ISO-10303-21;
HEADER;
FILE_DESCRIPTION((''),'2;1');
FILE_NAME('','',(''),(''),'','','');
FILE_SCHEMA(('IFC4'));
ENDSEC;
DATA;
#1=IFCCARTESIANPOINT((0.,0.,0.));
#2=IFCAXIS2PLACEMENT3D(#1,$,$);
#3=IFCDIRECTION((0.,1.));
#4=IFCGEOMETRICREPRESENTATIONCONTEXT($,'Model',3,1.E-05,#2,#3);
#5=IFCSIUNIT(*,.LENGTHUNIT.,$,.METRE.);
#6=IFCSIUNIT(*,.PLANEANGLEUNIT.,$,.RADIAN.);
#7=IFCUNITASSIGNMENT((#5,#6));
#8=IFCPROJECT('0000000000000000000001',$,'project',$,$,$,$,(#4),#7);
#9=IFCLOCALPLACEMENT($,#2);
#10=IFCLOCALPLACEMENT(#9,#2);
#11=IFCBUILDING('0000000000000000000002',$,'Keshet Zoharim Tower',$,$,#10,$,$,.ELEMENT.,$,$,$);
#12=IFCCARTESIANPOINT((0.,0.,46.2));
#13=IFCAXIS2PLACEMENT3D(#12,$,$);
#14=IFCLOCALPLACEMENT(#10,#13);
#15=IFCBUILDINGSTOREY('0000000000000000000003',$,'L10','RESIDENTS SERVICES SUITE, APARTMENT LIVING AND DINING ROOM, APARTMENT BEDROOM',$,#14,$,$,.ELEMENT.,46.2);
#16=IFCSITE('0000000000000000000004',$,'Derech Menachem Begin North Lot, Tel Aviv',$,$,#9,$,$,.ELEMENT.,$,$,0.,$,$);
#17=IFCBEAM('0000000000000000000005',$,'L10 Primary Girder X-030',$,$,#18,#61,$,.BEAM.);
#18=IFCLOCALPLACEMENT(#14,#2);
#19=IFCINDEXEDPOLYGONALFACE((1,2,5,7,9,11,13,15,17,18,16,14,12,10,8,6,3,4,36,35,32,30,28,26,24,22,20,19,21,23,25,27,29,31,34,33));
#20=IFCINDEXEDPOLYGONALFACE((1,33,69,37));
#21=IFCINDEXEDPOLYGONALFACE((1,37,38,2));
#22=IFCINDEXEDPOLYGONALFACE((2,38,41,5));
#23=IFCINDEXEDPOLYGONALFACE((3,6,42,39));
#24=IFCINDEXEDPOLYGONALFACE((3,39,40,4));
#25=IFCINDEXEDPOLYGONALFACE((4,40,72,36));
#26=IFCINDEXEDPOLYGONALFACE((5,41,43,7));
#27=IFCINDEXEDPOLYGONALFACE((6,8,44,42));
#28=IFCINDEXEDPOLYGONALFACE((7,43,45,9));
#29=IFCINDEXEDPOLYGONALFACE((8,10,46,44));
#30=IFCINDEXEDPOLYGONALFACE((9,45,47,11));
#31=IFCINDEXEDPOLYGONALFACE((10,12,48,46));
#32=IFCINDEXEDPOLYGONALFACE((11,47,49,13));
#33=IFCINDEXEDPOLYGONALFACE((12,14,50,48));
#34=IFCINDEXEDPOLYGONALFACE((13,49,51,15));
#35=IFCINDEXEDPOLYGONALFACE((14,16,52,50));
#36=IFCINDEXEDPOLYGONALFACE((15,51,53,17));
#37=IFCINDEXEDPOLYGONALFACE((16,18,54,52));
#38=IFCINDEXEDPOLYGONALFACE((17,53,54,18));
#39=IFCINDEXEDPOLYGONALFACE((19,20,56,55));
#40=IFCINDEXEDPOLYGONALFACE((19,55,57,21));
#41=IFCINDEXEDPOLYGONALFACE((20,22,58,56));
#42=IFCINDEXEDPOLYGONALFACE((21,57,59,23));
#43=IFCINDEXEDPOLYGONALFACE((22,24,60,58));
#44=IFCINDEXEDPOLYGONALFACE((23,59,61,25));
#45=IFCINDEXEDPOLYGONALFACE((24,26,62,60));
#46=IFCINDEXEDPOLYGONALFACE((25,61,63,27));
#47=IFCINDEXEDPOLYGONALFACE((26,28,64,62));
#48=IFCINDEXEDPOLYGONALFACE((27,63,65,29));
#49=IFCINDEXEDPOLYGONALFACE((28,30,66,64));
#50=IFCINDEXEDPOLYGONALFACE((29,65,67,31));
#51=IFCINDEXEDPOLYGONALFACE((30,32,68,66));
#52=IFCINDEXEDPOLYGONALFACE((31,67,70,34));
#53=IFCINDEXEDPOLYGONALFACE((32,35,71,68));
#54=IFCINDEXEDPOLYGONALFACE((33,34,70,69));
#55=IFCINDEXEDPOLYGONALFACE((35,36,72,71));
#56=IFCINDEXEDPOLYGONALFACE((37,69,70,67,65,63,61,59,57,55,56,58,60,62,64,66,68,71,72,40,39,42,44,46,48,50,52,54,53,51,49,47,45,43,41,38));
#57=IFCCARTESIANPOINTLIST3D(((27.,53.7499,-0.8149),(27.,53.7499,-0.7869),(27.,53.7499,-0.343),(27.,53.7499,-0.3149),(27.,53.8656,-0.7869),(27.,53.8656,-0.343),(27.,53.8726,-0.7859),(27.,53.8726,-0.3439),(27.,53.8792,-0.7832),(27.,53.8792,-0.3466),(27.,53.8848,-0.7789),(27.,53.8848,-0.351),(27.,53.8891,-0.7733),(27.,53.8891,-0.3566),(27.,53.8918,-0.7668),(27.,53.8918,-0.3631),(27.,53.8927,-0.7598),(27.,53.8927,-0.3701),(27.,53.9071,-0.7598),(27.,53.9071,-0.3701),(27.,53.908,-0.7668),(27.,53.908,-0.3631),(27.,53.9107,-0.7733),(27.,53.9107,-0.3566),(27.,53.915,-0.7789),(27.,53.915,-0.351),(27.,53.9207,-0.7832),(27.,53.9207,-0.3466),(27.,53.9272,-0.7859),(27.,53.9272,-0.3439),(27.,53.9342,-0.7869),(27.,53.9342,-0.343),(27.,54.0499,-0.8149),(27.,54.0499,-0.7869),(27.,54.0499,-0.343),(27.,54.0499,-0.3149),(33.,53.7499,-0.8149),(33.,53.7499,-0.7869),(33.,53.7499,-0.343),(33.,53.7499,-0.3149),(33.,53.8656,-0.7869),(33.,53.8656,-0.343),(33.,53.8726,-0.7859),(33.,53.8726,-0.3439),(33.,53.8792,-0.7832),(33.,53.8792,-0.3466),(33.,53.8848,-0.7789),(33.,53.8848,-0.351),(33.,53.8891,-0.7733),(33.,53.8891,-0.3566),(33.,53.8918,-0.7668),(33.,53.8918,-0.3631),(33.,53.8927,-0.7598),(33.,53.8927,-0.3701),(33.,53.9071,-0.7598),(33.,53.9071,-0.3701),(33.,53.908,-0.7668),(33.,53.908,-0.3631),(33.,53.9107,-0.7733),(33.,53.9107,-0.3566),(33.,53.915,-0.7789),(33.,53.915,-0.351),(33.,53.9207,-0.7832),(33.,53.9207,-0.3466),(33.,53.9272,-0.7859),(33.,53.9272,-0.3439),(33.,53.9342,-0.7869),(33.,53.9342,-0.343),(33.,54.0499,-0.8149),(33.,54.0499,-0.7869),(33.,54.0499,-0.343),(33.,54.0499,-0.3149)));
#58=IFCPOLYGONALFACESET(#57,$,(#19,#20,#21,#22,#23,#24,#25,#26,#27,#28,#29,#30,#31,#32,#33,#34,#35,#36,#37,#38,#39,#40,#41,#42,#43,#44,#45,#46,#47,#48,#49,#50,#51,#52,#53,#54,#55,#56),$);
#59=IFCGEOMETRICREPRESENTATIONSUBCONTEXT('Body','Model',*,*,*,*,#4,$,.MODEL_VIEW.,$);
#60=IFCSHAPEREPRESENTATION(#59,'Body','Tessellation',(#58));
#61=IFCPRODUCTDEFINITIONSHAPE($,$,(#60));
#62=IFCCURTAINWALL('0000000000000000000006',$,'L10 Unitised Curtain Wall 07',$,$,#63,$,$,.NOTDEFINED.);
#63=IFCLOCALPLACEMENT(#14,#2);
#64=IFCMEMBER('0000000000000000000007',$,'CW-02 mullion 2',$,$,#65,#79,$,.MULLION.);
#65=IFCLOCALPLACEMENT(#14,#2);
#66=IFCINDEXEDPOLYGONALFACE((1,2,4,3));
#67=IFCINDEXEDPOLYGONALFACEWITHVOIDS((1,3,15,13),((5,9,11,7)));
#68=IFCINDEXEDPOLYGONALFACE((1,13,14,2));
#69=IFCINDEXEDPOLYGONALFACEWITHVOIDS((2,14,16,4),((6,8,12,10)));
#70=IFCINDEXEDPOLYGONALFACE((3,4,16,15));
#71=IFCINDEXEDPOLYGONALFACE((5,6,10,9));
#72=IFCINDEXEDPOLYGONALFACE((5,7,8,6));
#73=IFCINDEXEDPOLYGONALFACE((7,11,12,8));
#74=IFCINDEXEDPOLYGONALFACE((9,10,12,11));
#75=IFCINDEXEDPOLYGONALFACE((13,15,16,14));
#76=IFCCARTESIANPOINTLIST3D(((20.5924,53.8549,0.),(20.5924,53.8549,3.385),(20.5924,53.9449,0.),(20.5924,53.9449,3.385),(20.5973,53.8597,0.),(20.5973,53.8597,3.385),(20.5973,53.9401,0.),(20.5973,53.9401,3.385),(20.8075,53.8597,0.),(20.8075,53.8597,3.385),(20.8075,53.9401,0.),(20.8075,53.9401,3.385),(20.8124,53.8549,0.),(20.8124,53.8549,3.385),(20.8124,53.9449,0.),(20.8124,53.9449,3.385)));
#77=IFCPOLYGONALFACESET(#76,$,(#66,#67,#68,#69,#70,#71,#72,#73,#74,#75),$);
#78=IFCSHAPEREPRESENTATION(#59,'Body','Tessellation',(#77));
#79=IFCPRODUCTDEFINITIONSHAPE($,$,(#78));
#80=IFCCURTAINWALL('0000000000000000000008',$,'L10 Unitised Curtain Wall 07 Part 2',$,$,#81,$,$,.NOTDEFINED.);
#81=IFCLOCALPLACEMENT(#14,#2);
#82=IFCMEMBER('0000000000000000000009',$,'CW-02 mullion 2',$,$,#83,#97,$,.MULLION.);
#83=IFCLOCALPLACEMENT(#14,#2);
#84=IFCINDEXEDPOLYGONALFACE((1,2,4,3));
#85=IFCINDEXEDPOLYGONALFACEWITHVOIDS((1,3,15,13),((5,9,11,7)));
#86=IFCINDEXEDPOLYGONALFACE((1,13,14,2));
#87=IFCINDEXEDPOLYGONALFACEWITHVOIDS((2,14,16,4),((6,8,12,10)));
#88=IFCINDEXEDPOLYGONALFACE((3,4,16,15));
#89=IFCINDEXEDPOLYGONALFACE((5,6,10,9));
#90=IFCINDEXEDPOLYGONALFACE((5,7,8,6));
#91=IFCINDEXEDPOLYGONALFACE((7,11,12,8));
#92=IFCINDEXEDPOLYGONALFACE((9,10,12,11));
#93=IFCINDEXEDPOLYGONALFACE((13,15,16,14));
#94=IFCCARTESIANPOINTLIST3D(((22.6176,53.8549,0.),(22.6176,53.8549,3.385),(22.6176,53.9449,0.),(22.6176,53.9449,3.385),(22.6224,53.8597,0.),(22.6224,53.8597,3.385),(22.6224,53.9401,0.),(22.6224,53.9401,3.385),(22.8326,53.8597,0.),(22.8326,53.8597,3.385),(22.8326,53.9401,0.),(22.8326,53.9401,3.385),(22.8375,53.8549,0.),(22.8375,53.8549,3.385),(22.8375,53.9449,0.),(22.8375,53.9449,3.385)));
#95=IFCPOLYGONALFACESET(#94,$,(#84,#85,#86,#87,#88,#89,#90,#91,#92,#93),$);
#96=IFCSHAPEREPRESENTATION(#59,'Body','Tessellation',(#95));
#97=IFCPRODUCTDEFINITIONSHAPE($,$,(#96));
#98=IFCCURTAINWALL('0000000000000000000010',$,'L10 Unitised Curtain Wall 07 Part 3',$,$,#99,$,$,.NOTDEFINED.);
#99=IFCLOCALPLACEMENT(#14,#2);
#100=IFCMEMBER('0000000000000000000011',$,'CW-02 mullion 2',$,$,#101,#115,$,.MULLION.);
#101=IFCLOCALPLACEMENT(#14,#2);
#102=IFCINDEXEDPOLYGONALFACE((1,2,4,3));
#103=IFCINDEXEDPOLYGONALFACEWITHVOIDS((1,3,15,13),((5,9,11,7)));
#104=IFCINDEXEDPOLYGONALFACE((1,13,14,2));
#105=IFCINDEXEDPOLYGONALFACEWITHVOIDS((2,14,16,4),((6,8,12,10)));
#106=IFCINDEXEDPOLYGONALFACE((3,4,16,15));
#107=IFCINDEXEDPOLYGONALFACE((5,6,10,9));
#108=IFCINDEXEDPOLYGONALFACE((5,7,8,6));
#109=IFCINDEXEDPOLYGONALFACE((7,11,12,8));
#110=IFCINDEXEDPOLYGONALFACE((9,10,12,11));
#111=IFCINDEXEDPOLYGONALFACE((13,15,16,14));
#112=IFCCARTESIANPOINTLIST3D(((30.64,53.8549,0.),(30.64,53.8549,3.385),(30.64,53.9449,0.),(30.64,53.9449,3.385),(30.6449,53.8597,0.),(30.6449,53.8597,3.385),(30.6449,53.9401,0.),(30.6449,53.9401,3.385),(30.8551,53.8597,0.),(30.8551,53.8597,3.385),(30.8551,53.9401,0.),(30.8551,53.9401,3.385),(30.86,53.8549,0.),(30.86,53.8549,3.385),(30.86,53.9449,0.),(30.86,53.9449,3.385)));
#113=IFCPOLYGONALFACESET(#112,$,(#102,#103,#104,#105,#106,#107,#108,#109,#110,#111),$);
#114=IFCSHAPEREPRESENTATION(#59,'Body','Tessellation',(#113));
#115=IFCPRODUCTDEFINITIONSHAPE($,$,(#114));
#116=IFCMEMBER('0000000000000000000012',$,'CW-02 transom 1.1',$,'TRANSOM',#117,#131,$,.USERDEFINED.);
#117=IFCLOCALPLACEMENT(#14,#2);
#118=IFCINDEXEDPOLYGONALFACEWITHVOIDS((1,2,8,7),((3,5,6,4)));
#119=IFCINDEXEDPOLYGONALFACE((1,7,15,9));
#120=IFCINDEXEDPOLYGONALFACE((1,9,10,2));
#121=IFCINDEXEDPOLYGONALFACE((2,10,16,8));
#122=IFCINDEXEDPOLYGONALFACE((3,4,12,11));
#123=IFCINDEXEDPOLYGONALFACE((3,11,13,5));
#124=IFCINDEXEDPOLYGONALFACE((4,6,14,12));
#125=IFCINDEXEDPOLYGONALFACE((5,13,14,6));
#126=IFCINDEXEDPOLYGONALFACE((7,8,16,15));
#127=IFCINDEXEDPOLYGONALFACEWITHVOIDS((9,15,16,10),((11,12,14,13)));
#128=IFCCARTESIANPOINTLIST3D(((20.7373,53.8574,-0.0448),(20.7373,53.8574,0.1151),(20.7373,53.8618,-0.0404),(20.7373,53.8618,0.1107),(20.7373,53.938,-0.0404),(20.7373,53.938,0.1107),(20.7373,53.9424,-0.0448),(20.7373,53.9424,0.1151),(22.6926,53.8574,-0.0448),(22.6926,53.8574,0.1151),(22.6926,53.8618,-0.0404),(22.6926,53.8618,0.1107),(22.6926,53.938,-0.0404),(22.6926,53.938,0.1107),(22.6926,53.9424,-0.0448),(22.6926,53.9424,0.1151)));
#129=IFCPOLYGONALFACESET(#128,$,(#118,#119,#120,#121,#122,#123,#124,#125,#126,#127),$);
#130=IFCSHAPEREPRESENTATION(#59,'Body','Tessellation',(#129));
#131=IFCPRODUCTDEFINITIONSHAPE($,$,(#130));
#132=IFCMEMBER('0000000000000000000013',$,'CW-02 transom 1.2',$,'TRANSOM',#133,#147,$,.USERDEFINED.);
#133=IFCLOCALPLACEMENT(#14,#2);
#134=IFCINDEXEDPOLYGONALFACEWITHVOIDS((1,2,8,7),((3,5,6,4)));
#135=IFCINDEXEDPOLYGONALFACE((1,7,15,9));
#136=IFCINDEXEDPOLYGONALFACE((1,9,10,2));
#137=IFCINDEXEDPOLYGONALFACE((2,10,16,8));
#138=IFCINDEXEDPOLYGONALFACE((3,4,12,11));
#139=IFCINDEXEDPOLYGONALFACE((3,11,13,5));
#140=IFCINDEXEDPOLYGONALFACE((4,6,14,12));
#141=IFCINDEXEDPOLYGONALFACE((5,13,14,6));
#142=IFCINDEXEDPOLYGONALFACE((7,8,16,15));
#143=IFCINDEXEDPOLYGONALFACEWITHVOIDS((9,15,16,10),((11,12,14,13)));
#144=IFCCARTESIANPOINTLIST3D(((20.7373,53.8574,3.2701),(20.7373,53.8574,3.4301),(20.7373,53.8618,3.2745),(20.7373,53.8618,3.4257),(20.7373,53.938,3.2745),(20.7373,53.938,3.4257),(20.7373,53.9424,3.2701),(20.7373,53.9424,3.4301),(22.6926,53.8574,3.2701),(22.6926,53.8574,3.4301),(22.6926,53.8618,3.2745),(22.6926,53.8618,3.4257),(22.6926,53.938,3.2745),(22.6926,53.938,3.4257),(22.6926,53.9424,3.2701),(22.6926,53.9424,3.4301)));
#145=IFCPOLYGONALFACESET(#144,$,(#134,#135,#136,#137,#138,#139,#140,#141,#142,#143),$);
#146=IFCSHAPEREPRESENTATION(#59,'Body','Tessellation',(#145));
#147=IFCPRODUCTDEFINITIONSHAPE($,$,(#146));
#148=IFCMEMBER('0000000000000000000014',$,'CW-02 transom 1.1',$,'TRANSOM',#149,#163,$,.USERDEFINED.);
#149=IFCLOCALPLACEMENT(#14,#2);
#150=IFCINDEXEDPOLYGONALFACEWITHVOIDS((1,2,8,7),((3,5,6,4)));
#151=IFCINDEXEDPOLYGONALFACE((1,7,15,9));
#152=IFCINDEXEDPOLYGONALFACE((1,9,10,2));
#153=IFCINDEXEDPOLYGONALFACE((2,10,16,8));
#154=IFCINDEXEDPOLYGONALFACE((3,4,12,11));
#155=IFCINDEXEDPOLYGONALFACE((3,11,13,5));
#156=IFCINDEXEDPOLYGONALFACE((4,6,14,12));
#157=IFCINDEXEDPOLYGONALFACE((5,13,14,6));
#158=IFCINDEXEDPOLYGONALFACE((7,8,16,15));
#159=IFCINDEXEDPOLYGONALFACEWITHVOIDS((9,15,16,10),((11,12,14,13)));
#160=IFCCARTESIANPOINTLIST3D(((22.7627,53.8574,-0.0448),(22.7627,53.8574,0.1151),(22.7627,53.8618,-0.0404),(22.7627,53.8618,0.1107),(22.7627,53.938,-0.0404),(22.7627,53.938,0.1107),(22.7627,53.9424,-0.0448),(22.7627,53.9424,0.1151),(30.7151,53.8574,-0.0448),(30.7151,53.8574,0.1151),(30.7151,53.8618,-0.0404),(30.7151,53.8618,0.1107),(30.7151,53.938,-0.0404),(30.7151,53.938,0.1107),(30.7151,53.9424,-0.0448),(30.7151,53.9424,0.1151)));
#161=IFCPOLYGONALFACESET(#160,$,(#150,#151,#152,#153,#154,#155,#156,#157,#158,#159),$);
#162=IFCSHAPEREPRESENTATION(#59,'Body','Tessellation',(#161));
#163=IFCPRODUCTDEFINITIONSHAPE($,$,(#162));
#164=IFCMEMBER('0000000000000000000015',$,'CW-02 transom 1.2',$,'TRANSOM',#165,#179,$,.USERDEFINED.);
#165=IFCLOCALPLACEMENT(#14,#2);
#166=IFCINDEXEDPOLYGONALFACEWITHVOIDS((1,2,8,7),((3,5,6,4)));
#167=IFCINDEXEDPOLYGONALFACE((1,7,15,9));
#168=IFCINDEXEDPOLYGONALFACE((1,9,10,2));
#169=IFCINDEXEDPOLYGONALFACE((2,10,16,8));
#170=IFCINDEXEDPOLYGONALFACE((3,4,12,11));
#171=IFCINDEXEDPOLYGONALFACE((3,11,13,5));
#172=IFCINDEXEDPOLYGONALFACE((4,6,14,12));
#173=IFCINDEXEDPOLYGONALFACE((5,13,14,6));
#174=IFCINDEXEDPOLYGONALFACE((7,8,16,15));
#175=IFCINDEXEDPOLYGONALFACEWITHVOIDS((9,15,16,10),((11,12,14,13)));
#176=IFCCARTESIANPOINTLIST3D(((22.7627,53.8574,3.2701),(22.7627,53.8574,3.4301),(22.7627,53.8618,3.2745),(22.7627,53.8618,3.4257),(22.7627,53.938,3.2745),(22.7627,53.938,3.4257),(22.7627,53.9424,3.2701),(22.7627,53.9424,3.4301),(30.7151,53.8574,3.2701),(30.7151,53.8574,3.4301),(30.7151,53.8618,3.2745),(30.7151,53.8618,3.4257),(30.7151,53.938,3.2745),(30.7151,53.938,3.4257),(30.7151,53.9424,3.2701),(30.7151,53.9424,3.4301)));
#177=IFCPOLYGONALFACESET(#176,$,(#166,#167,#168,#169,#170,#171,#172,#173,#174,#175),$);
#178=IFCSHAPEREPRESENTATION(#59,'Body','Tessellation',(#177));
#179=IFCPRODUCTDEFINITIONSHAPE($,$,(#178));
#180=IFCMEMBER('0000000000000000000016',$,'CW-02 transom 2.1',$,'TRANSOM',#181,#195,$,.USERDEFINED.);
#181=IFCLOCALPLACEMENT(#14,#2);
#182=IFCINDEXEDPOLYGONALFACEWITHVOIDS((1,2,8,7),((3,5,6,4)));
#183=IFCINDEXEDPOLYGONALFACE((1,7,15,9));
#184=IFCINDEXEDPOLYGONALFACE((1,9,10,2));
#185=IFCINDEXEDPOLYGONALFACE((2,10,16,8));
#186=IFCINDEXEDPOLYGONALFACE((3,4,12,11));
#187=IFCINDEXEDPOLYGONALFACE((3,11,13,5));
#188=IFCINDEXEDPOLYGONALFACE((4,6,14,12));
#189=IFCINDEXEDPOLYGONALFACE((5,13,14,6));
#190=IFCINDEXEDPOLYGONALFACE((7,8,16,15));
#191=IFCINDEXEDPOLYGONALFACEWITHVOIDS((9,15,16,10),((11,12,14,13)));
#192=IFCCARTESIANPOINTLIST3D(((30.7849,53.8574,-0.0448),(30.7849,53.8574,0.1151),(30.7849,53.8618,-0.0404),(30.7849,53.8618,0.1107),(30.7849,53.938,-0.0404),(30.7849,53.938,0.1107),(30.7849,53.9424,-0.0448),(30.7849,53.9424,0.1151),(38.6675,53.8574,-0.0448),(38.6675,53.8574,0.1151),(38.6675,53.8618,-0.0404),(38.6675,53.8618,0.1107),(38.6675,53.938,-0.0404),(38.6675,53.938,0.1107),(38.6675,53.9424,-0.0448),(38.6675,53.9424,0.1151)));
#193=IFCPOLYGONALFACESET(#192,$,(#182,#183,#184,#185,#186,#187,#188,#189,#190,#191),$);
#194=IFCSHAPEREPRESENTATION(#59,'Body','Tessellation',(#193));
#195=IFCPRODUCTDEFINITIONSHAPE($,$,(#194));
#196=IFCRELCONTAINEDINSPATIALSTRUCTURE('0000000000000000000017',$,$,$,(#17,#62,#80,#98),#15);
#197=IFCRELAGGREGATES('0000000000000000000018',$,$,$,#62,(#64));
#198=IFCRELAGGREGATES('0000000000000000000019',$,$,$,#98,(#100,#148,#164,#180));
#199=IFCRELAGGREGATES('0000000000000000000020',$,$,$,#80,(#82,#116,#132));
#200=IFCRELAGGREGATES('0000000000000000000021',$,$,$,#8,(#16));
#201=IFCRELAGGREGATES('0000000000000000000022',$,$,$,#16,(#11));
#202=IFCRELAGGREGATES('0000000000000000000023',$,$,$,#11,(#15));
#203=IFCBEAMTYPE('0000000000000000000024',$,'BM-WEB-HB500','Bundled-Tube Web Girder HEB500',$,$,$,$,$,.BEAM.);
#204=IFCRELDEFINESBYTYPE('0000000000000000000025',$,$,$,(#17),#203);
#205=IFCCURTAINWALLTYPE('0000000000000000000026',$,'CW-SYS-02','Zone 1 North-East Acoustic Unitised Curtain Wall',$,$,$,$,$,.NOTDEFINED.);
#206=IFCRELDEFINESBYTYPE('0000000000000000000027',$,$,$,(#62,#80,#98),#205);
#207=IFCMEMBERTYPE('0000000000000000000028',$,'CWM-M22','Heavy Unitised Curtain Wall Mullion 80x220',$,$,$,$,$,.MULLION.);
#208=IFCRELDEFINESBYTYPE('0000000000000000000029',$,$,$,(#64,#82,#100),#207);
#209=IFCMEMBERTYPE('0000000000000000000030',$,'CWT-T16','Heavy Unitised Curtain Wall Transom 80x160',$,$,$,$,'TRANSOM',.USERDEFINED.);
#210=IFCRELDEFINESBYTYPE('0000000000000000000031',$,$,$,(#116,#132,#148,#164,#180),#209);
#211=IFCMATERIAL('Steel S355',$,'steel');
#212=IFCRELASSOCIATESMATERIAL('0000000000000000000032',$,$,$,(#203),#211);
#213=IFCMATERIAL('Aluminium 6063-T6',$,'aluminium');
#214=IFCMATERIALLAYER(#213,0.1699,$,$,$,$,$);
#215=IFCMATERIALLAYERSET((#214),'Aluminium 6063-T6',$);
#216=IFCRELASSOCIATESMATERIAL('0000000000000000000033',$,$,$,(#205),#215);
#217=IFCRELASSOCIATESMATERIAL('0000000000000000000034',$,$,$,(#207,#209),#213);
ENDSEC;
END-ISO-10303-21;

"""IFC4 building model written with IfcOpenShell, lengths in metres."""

from ifc_helpers import new_model, si_unit, direction, frame, origin, origin_2d, place, context, subcontext, project, spatial, hollow_rectangle, i_section, extrude, material, layer, layer_set, material_profile, profile_set, type_object, element, aggregate, save


model = new_model("IFC4")

# Units and contexts
model_context = context("Model", 3, precision=1e-05, world=origin(), true_north=direction((0.0, 1.0)))
body_context = subcontext(model_context, "Body", "Model", "MODEL_VIEW")
ifc_project = project(units=[si_unit("LENGTHUNIT", "METRE"), si_unit("PLANEANGLEUNIT", "RADIAN")], contexts=[model_context])

# Site, building, storey
site_placement = place(None, origin())
site = spatial("IfcSite", under=ifc_project, at=site_placement, Name="Derech Menachem Begin North Lot, Tel Aviv", CompositionType="ELEMENT", RefElevation=0.0)
building_placement = place(site_placement, origin())
building = spatial("IfcBuilding", under=site, at=building_placement, Name="Keshet Zoharim Tower", CompositionType="ELEMENT")
storey_placement = place(building_placement, frame((0.0, 0.0, 46.2)))
storey = spatial("IfcBuildingStorey", under=building, at=storey_placement, Name="L10", Description="RESIDENTS SERVICES SUITE, APARTMENT LIVING AND DINING ROOM, APARTMENT BEDROOM", CompositionType="ELEMENT", Elevation=46.2)

# Shared definitions
ifc_material_1 = material(Name="Steel S355", Category="steel")

# Beam
ifc_material_profile_1 = material_profile(ifc_material_1, i_section(OverallWidth=0.3, OverallDepth=0.5, WebThickness=0.0144, FlangeThickness=0.0281, FilletRadius=0.0271, at=origin_2d()), Name="HEB500")
ifc_profile_set_1 = profile_set([ifc_material_profile_1], Name="Steel S355")
beam_type = type_object("IfcBeamType", Name="BM-WEB-HB500", Description="Bundled-Tube Web Girder HEB500", PredefinedType="BEAM", material=ifc_profile_set_1)
for number, where, z_axis, x_axis, name in (
    (1, (27.0, 53.8999, -0.5649), (1.0, 0.0, 0.0), (0.0, 1.0, 0.0), "L10 Primary Girder X-030"),
):
    element("IfcBeam", number, at=place(storey_placement, frame(where, z_axis=z_axis, x_axis=x_axis)), inside=storey, type_object=beam_type, Name=name, PredefinedType="BEAM", context=body_context, shape_type="SweptSolid", body=[
        extrude(i_section(OverallWidth=0.3, OverallDepth=0.5, WebThickness=0.0144, FlangeThickness=0.0281, FilletRadius=0.0271, at=origin_2d()), origin(), (0.0, 0.0, 1.0), 6.0),
    ])

# Curtain walls, members
ifc_material_2 = material(Name="Aluminium 6063-T6", Category="aluminium")
ifc_layer_1 = layer(ifc_material_2, 0.1699)
ifc_layer_set_1 = layer_set([ifc_layer_1], Name="Aluminium 6063-T6")
curtain_wall_type = type_object("IfcCurtainWallType", Name="CW-SYS-02", Description="Zone 1 North-East Acoustic Unitised Curtain Wall", PredefinedType="NOTDEFINED", material=ifc_layer_set_1)
curtain_wall_1_placement = place(storey_placement, origin())
curtain_wall_1 = element("IfcCurtainWall", 2, at=curtain_wall_1_placement, inside=storey, type_object=curtain_wall_type, Name="L10 Unitised Curtain Wall 07", PredefinedType="NOTDEFINED")
ifc_material_profile_2 = material_profile(ifc_material_2, hollow_rectangle(XDim=0.0901, YDim=0.22, WallThickness=0.0049, at=origin_2d()), Name="MUL-90x220")
ifc_profile_set_2 = profile_set([ifc_material_profile_2], Name="Aluminium 6063-T6")
member_type_1 = type_object("IfcMemberType", Name="CWM-M22", Description="Heavy Unitised Curtain Wall Mullion 80x220", PredefinedType="MULLION", material=ifc_profile_set_2)
member_1_placement = place(storey_placement, frame((20.7024, 53.8999, 0.0), z_axis=(0.0, 0.0, 1.0), x_axis=(0.0, 1.0, 0.0)))
member_1 = element("IfcMember", 3, at=member_1_placement, type_object=member_type_1, Name="CW-02 mullion 2", PredefinedType="MULLION", context=body_context, shape_type="SweptSolid", body=[
    extrude(hollow_rectangle(XDim=0.0901, YDim=0.22, WallThickness=0.0049, at=origin_2d()), origin(), (0.0, 0.0, 1.0), 3.385),
])
aggregate(curtain_wall_1, [member_1])
curtain_wall_2_placement = place(storey_placement, origin())
curtain_wall_2 = element("IfcCurtainWall", 4, at=curtain_wall_2_placement, inside=storey, type_object=curtain_wall_type, Name="L10 Unitised Curtain Wall 07 Part 2", PredefinedType="NOTDEFINED")
member_2_placement = place(storey_placement, frame((22.7275, 53.8999, 0.0), z_axis=(0.0, 0.0, 1.0), x_axis=(0.0, 1.0, 0.0)))
member_2 = element("IfcMember", 5, at=member_2_placement, type_object=member_type_1, Name="CW-02 mullion 2", PredefinedType="MULLION", context=body_context, shape_type="SweptSolid", body=[
    extrude(hollow_rectangle(XDim=0.0901, YDim=0.22, WallThickness=0.0049, at=origin_2d()), origin(), (0.0, 0.0, 1.0), 3.385),
])
curtain_wall_3_placement = place(storey_placement, origin())
curtain_wall_3 = element("IfcCurtainWall", 6, at=curtain_wall_3_placement, inside=storey, type_object=curtain_wall_type, Name="L10 Unitised Curtain Wall 07 Part 3", PredefinedType="NOTDEFINED")
member_3_placement = place(storey_placement, frame((30.75, 53.8999, 0.0), z_axis=(0.0, 0.0, 1.0), x_axis=(0.0, 1.0, 0.0)))
member_3 = element("IfcMember", 7, at=member_3_placement, type_object=member_type_1, Name="CW-02 mullion 2", PredefinedType="MULLION", context=body_context, shape_type="SweptSolid", body=[
    extrude(hollow_rectangle(XDim=0.0901, YDim=0.22, WallThickness=0.0049, at=origin_2d()), origin(), (0.0, 0.0, 1.0), 3.385),
])

# Members
ifc_material_profile_3 = material_profile(ifc_material_2, hollow_rectangle(XDim=0.085, YDim=0.1599, WallThickness=0.0044, at=origin_2d()), Name="TRN-85x160")
ifc_profile_set_3 = profile_set([ifc_material_profile_3], Name="Aluminium 6063-T6")
member_type_2 = type_object("IfcMemberType", Name="CWT-T16", Description="Heavy Unitised Curtain Wall Transom 80x160", ElementType="TRANSOM", PredefinedType="USERDEFINED", material=ifc_profile_set_3)
member_4_placement = place(storey_placement, frame((20.7373, 53.8999, 0.0352), z_axis=(1.0, 0.0, 0.0), x_axis=(0.0, 1.0, 0.0)))
member_4 = element("IfcMember", 8, at=member_4_placement, type_object=member_type_2, Name="CW-02 transom 1.1", ObjectType="TRANSOM", PredefinedType="USERDEFINED", context=body_context, shape_type="SweptSolid", body=[
    extrude(hollow_rectangle(XDim=0.085, YDim=0.1599, WallThickness=0.0044, at=origin_2d()), origin(), (0.0, 0.0, 1.0), 1.9553),
])
member_5_placement = place(storey_placement, frame((20.7373, 53.8999, 3.3501), z_axis=(1.0, 0.0, 0.0), x_axis=(0.0, 1.0, 0.0)))
member_5 = element("IfcMember", 9, at=member_5_placement, type_object=member_type_2, Name="CW-02 transom 1.2", ObjectType="TRANSOM", PredefinedType="USERDEFINED", context=body_context, shape_type="SweptSolid", body=[
    extrude(hollow_rectangle(XDim=0.085, YDim=0.1599, WallThickness=0.0044, at=origin_2d()), origin(), (0.0, 0.0, 1.0), 1.9553),
])
member_6_placement = place(storey_placement, frame((22.7627, 53.8999, 0.0352), z_axis=(1.0, 0.0, 0.0), x_axis=(0.0, 1.0, 0.0)))
member_6 = element("IfcMember", 10, at=member_6_placement, type_object=member_type_2, Name="CW-02 transom 1.1", ObjectType="TRANSOM", PredefinedType="USERDEFINED", context=body_context, shape_type="SweptSolid", body=[
    extrude(hollow_rectangle(XDim=0.085, YDim=0.1599, WallThickness=0.0044, at=origin_2d()), origin(), (0.0, 0.0, 1.0), 7.9524),
])
member_7_placement = place(storey_placement, frame((22.7627, 53.8999, 3.3501), z_axis=(1.0, 0.0, 0.0), x_axis=(0.0, 1.0, 0.0)))
member_7 = element("IfcMember", 11, at=member_7_placement, type_object=member_type_2, Name="CW-02 transom 1.2", ObjectType="TRANSOM", PredefinedType="USERDEFINED", context=body_context, shape_type="SweptSolid", body=[
    extrude(hollow_rectangle(XDim=0.085, YDim=0.1599, WallThickness=0.0044, at=origin_2d()), origin(), (0.0, 0.0, 1.0), 7.9524),
])
member_8_placement = place(storey_placement, frame((30.7849, 53.8999, 0.0352), z_axis=(1.0, 0.0, 0.0), x_axis=(0.0, 1.0, 0.0)))
member_8 = element("IfcMember", 12, at=member_8_placement, type_object=member_type_2, Name="CW-02 transom 2.1", ObjectType="TRANSOM", PredefinedType="USERDEFINED", context=body_context, shape_type="SweptSolid", body=[
    extrude(hollow_rectangle(XDim=0.085, YDim=0.1599, WallThickness=0.0044, at=origin_2d()), origin(), (0.0, 0.0, 1.0), 7.8826),
])

aggregate(curtain_wall_3, [member_3, member_6, member_7, member_8])
aggregate(curtain_wall_2, [member_2, member_4, member_5])

save(model, "model.ifc")
